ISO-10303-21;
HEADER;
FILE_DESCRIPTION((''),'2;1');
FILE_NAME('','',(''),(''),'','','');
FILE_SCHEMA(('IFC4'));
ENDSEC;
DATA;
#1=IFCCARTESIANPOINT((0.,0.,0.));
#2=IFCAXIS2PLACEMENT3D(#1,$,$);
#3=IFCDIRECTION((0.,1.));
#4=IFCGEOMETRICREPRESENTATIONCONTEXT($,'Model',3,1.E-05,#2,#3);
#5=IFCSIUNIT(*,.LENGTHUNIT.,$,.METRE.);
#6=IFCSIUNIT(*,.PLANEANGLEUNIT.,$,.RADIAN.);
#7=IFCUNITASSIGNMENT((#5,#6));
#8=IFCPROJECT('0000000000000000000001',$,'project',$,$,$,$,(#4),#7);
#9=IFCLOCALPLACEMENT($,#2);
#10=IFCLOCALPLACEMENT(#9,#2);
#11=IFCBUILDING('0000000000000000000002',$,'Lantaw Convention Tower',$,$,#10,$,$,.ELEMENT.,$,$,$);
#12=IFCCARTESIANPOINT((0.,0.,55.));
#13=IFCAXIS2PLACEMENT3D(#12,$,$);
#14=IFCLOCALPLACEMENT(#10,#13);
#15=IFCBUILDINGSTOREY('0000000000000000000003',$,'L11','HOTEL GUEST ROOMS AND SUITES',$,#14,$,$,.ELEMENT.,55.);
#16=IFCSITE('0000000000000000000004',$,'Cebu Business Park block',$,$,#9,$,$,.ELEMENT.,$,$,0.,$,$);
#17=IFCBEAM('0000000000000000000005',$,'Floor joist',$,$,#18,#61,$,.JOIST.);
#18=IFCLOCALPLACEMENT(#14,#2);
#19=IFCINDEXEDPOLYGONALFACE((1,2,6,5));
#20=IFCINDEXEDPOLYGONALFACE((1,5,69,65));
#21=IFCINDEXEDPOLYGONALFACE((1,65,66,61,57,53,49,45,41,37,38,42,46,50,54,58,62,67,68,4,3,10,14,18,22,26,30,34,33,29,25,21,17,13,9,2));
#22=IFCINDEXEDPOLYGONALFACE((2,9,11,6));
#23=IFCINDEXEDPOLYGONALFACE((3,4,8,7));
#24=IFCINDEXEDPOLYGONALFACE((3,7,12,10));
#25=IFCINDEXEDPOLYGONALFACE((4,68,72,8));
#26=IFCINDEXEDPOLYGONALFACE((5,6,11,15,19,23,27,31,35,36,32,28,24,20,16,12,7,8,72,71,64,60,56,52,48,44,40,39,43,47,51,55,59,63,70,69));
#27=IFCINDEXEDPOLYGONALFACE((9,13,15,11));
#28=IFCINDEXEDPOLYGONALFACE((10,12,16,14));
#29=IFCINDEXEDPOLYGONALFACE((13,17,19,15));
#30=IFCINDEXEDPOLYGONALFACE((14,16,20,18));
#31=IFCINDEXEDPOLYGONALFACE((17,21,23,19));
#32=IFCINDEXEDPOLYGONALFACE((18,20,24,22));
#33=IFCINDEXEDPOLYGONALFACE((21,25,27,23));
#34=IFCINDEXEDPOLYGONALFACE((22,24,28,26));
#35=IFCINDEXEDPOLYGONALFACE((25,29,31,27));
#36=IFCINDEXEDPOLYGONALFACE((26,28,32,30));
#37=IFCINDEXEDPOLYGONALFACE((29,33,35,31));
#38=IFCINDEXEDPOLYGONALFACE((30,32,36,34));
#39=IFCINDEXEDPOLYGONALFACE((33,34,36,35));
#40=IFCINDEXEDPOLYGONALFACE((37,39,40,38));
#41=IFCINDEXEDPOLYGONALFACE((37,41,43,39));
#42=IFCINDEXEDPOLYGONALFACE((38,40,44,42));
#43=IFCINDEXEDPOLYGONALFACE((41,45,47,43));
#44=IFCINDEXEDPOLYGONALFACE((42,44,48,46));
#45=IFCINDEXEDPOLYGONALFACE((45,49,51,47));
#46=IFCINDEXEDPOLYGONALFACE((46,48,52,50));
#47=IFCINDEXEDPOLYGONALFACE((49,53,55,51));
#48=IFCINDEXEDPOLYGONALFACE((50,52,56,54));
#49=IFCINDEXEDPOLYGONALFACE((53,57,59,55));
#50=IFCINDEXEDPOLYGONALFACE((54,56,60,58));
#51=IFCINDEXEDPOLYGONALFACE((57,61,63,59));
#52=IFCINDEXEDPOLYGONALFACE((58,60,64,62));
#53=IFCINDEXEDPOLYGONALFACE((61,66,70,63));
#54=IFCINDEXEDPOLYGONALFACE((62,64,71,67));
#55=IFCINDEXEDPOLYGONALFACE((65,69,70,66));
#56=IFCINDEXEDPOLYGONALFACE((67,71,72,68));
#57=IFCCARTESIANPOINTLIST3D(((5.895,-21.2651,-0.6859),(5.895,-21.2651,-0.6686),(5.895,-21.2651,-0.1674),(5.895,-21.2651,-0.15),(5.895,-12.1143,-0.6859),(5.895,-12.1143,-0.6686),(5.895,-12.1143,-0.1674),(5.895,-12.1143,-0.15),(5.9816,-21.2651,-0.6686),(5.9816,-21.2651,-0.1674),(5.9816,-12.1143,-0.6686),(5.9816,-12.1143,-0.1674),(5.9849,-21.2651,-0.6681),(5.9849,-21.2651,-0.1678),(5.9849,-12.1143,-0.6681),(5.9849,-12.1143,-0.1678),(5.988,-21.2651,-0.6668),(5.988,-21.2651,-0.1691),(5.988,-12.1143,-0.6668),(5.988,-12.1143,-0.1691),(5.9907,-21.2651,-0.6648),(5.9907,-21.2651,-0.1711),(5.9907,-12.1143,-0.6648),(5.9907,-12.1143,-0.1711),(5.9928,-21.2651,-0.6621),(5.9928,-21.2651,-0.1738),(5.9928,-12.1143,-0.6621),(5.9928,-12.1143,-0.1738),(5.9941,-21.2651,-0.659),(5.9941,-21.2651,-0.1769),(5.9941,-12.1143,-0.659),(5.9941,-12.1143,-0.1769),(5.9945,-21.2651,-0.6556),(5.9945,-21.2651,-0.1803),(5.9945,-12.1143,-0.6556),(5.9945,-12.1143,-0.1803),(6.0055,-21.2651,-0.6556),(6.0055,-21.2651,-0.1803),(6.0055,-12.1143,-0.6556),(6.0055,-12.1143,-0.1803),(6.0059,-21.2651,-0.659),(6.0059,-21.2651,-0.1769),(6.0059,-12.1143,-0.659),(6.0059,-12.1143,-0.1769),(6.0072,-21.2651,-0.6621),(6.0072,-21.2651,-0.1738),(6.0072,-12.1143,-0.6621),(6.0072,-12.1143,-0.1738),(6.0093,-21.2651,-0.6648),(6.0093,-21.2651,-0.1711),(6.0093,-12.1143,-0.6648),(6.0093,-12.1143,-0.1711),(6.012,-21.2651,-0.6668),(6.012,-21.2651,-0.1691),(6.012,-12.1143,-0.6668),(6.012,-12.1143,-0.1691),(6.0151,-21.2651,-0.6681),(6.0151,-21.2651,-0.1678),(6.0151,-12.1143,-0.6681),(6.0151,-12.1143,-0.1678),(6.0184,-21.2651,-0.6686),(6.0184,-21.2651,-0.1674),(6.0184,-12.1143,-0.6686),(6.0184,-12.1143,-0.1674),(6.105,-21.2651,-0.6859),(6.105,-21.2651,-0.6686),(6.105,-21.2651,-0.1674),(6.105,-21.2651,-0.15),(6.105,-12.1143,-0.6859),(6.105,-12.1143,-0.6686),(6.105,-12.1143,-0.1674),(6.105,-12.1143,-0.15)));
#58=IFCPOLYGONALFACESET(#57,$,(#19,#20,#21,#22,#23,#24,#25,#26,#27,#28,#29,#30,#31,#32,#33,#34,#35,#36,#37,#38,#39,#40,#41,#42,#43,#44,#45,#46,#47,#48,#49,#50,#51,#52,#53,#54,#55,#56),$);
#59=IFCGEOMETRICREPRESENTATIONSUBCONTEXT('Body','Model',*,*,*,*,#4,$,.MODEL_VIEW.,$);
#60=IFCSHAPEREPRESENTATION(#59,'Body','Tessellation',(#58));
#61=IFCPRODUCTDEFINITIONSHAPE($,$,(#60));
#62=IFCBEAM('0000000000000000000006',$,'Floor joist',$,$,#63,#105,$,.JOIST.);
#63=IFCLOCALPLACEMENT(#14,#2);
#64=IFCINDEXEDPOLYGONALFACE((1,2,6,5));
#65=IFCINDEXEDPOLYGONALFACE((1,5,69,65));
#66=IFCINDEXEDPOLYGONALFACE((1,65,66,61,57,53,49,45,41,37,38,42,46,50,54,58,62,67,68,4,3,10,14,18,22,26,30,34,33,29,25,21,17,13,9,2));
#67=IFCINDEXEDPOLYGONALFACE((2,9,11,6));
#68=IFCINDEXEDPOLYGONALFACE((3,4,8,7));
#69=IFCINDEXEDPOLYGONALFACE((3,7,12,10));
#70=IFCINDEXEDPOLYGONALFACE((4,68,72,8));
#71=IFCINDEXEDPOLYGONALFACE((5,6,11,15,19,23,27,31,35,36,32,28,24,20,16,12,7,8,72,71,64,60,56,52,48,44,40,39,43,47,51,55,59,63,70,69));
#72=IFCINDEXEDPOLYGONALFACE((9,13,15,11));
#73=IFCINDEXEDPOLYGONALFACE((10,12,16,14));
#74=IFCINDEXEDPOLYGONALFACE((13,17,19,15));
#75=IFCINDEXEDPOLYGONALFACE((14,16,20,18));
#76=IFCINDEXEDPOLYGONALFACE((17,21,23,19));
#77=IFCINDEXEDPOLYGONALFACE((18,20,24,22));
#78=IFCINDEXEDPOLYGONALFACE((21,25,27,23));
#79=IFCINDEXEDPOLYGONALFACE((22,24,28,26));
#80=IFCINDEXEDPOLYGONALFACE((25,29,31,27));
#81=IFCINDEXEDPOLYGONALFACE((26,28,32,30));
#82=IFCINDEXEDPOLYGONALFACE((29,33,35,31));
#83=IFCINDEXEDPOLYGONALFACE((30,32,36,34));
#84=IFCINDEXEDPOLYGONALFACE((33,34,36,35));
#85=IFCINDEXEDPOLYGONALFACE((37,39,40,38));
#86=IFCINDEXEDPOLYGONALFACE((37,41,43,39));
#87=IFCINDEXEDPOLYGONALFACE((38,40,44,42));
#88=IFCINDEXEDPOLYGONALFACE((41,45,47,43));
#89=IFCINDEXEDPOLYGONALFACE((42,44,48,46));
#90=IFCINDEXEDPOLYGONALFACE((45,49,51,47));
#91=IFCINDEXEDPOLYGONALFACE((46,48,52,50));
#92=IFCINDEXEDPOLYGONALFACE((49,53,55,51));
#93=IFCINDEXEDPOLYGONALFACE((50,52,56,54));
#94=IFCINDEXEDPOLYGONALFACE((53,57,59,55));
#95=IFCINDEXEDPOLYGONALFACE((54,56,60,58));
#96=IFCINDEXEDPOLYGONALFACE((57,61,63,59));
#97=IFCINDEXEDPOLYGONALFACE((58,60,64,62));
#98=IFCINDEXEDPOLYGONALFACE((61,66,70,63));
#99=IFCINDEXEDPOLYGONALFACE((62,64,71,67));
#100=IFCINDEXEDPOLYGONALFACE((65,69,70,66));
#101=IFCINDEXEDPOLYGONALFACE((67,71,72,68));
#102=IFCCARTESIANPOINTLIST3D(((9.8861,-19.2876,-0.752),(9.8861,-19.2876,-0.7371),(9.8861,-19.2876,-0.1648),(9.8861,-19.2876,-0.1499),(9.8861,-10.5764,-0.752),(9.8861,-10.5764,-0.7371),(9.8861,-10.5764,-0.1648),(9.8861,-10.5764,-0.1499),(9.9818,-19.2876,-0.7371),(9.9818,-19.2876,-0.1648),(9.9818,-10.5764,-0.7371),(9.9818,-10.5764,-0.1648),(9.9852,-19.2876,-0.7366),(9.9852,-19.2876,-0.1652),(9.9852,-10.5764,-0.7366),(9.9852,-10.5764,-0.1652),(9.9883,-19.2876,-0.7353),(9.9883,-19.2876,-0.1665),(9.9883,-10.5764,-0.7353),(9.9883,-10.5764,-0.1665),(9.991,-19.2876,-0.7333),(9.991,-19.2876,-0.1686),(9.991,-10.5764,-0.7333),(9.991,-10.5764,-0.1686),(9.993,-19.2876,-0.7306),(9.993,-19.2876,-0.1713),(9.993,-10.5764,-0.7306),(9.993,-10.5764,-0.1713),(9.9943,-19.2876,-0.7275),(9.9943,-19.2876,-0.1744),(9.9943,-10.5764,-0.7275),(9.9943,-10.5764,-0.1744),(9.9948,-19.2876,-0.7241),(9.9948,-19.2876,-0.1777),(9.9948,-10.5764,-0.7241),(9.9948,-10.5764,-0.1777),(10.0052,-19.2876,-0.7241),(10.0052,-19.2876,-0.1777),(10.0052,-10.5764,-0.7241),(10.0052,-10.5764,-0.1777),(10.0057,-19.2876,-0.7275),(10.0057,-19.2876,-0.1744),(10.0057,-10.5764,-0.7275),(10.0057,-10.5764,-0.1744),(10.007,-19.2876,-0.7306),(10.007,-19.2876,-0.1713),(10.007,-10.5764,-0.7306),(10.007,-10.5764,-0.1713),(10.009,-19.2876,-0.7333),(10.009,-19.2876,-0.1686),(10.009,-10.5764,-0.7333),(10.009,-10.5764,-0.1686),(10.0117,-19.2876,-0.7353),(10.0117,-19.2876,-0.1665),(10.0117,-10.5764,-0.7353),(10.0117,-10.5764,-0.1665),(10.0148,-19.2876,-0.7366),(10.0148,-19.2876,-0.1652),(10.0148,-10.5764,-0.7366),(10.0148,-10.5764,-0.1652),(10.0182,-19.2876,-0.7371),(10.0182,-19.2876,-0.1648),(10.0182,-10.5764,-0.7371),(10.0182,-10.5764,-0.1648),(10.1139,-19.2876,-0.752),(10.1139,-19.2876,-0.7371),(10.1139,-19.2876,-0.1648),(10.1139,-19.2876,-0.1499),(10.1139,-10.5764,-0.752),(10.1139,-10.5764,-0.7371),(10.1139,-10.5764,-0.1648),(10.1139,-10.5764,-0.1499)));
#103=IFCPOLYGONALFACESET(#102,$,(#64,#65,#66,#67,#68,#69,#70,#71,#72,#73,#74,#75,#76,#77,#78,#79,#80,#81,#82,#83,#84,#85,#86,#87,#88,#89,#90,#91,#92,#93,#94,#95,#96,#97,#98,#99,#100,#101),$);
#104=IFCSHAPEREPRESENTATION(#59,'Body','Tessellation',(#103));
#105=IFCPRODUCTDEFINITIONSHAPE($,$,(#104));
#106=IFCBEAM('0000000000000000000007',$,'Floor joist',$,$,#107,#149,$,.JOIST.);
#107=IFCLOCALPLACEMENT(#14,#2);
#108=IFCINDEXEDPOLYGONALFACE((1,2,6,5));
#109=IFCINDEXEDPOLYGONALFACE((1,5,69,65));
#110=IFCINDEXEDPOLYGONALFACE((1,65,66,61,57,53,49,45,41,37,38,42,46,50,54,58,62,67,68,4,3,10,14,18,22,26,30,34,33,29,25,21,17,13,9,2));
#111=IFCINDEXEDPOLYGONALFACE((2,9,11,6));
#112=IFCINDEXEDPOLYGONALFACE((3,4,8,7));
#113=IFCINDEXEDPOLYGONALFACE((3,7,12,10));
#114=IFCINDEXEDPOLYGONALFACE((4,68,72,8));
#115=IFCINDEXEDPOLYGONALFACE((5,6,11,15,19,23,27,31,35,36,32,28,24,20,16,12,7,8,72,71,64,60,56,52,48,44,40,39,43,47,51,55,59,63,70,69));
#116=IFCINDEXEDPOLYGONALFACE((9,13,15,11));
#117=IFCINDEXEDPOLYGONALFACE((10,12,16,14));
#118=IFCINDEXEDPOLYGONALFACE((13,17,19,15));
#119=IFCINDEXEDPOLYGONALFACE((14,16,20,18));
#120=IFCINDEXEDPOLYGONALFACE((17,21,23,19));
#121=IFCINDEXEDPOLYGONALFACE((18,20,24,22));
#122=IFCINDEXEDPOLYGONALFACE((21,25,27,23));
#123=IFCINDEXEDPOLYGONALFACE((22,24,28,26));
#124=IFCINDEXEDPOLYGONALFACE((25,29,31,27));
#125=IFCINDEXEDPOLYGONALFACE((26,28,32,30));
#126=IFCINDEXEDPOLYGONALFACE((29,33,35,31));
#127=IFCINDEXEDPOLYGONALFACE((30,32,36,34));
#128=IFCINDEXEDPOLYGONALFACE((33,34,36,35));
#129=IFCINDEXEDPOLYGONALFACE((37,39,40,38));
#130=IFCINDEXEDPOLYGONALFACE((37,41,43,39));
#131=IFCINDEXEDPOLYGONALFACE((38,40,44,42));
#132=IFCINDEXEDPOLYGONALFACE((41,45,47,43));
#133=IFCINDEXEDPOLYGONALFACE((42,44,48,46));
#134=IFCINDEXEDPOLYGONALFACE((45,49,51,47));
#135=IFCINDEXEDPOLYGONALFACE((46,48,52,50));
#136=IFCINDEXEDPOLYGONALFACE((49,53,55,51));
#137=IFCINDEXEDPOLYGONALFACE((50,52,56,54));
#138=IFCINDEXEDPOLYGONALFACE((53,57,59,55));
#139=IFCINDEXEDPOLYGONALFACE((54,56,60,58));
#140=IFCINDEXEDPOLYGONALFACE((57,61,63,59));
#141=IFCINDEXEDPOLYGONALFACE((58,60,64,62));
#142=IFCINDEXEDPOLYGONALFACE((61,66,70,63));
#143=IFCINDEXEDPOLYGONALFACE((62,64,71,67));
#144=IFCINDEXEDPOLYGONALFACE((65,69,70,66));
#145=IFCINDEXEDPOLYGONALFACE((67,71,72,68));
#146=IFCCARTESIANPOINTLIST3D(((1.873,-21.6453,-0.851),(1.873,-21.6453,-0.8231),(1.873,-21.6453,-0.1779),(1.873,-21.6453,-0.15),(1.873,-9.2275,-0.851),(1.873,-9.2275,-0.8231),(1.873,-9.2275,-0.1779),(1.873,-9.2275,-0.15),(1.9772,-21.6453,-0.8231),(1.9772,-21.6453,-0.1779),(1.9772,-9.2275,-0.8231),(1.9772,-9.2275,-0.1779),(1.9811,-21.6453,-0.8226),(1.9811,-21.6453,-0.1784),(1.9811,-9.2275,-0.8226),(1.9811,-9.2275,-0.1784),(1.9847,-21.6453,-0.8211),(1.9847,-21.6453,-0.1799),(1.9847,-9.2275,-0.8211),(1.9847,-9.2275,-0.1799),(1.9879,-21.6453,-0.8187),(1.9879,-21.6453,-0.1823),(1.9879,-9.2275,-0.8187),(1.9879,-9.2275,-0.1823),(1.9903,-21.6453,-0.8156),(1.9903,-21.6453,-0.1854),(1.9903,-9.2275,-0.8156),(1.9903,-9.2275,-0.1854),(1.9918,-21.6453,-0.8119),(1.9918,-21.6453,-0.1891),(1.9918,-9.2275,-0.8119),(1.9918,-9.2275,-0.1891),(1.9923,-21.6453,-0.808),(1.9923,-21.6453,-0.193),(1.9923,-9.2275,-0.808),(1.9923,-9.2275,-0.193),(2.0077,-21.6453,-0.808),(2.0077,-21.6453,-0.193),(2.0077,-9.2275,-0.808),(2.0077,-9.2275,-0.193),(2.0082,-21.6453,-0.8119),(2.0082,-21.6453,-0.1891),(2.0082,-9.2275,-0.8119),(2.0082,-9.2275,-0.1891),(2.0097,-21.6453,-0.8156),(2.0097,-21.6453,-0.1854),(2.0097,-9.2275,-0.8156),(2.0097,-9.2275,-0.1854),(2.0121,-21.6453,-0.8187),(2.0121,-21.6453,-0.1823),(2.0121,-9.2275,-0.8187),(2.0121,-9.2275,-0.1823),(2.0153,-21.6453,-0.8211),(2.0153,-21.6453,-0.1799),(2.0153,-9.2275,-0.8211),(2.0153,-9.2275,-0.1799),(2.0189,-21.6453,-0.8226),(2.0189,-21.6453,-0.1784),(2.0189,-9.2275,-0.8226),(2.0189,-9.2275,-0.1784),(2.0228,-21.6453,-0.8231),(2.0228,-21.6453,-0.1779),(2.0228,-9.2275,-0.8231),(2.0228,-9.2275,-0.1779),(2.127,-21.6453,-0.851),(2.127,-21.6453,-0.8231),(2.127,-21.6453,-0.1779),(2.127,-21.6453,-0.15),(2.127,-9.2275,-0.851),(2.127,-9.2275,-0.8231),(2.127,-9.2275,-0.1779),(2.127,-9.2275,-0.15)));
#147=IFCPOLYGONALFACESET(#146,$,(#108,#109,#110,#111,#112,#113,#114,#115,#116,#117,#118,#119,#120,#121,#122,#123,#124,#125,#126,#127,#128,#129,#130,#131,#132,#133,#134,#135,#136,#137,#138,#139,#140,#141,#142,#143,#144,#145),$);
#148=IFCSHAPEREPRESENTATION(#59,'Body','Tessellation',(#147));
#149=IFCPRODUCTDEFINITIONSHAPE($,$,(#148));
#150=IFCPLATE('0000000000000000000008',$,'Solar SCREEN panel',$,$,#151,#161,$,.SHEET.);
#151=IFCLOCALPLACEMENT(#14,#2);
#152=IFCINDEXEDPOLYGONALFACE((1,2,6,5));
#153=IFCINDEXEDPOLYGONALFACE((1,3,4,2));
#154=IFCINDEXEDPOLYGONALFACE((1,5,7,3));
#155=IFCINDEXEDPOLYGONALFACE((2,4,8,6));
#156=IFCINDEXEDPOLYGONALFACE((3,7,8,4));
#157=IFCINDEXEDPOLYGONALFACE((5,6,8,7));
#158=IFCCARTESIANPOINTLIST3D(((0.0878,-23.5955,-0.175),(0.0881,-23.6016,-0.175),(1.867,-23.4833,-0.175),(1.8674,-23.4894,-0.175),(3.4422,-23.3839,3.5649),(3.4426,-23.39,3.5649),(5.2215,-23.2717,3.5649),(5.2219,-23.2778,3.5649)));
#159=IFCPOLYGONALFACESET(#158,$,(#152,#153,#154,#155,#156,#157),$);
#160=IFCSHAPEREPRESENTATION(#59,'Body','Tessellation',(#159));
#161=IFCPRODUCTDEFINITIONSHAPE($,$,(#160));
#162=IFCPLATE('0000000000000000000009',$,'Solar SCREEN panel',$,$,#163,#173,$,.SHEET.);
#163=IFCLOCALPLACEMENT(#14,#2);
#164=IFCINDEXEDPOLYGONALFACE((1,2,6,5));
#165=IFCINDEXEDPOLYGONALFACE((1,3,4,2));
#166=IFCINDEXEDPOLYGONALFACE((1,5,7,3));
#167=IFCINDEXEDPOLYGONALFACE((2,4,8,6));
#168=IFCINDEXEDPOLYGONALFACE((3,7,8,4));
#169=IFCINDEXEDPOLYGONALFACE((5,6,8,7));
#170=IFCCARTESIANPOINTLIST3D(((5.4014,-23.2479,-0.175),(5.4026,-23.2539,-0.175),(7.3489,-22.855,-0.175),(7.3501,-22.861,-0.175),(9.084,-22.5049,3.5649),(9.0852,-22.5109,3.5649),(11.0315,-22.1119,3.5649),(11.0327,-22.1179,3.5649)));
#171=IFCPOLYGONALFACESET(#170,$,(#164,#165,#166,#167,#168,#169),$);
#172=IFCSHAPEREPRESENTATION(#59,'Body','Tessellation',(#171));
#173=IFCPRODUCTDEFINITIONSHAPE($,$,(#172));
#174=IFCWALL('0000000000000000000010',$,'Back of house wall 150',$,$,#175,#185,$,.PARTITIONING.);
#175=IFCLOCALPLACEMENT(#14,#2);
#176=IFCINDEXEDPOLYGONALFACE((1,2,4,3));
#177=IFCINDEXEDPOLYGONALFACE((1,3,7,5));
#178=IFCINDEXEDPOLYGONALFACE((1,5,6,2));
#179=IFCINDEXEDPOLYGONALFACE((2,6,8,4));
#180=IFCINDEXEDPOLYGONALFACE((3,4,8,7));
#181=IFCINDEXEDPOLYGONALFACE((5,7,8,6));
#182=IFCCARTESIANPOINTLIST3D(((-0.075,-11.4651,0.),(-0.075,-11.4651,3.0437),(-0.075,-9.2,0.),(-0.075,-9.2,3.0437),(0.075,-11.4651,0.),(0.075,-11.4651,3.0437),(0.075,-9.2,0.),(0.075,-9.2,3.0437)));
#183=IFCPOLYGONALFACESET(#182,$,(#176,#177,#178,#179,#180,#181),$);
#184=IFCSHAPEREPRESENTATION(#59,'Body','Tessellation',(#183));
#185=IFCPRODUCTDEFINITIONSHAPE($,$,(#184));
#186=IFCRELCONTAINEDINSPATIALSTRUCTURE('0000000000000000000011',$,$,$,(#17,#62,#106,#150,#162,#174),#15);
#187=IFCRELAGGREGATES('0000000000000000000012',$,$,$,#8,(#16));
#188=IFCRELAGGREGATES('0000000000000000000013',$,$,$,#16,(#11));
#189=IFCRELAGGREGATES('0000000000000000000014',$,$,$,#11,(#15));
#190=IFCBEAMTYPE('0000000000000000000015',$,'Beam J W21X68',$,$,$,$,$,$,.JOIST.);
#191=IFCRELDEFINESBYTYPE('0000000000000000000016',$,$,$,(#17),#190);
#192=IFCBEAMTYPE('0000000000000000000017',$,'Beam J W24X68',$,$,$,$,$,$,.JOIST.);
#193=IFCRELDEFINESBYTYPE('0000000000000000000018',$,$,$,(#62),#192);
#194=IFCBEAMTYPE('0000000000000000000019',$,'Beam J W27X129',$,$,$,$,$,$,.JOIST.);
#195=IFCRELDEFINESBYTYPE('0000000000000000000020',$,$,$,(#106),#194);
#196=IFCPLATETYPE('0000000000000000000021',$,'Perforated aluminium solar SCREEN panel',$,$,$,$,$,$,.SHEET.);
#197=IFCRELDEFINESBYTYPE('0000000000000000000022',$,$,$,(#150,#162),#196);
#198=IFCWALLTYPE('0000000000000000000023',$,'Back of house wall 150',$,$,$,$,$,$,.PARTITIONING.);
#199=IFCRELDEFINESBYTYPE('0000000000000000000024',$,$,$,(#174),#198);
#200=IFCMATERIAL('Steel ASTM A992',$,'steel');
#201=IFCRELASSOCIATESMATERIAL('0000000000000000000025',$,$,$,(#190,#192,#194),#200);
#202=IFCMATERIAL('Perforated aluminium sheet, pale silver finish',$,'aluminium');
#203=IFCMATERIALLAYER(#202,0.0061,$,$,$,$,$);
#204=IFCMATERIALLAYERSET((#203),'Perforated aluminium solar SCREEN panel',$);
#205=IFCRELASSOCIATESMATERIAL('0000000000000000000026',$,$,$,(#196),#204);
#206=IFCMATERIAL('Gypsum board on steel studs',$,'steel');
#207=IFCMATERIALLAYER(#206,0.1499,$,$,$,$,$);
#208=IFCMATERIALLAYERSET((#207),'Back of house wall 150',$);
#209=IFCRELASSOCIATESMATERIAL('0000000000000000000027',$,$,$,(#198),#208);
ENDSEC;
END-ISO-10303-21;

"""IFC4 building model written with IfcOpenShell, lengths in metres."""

from ifc_helpers import new_model, si_unit, direction, frame, frame_2d, origin, origin_2d, place, context, subcontext, project, spatial, polyline, rectangle, i_section, outline, extrude, material, layer, layer_set, material_profile, profile_set, type_object, element, save


model = new_model("IFC4")

# Units and contexts
model_context = context("Model", 3, precision=1e-05, world=origin(), true_north=direction((0.0, 1.0)))
body_context = subcontext(model_context, "Body", "Model", "MODEL_VIEW")
ifc_project = project(units=[si_unit("LENGTHUNIT", "METRE"), si_unit("PLANEANGLEUNIT", "RADIAN")], contexts=[model_context])

# Site, building, storey
site_placement = place(None, origin())
site = spatial("IfcSite", under=ifc_project, at=site_placement, Name="Cebu Business Park block", CompositionType="ELEMENT", RefElevation=0.0)
building_placement = place(site_placement, origin())
building = spatial("IfcBuilding", under=site, at=building_placement, Name="Lantaw Convention Tower", CompositionType="ELEMENT")
storey_placement = place(building_placement, frame((0.0, 0.0, 55.0)))
storey = spatial("IfcBuildingStorey", under=building, at=storey_placement, Name="L11", Description="HOTEL GUEST ROOMS AND SUITES", CompositionType="ELEMENT", Elevation=55.0)

# Beams
ifc_material_1 = material(Name="Steel ASTM A992", Category="steel")
ifc_material_profile_1 = material_profile(ifc_material_1, i_section(OverallWidth=0.21, OverallDepth=0.5359, WebThickness=0.011, FlangeThickness=0.0173, FilletRadius=0.0129, at=origin_2d()), Name="W21X68")
ifc_profile_set_1 = profile_set([ifc_material_profile_1], Name="Steel ASTM A992")
beam_type_1 = type_object("IfcBeamType", Name="Beam J W21X68", PredefinedType="JOIST", material=ifc_profile_set_1)
beam_1_placement = place(storey_placement, frame((6.0, -21.2651, -0.418), z_axis=(0.0, 1.0, 0.0), x_axis=(-1.0, 0.0, 0.0)))
element("IfcBeam", 1, at=beam_1_placement, inside=storey, type_object=beam_type_1, Name="Floor joist", PredefinedType="JOIST", context=body_context, shape_type="SweptSolid", body=[
    extrude(i_section(OverallWidth=0.21, OverallDepth=0.5359, WebThickness=0.011, FlangeThickness=0.0173, FilletRadius=0.0129, at=origin_2d()), origin(), (0.0, 0.0, 1.0), 9.1509),
])
ifc_material_profile_2 = material_profile(ifc_material_1, i_section(OverallWidth=0.2278, OverallDepth=0.6021, WebThickness=0.0105, FlangeThickness=0.0149, FilletRadius=0.0129, at=origin_2d()), Name="W24X68")
ifc_profile_set_2 = profile_set([ifc_material_profile_2], Name="Steel ASTM A992")
beam_type_2 = type_object("IfcBeamType", Name="Beam J W24X68", PredefinedType="JOIST", material=ifc_profile_set_2)
beam_2_placement = place(storey_placement, frame((10.0, -19.2876, -0.4509), z_axis=(0.0, 1.0, 0.0), x_axis=(-1.0, 0.0, 0.0)))
element("IfcBeam", 2, at=beam_2_placement, inside=storey, type_object=beam_type_2, Name="Floor joist", PredefinedType="JOIST", context=body_context, shape_type="SweptSolid", body=[
    extrude(i_section(OverallWidth=0.2278, OverallDepth=0.6021, WebThickness=0.0105, FlangeThickness=0.0149, FilletRadius=0.0129, at=origin_2d()), origin(), (0.0, 0.0, 1.0), 8.7112),
])
ifc_material_profile_3 = material_profile(ifc_material_1, i_section(OverallWidth=0.2539, OverallDepth=0.7009, WebThickness=0.0154, FlangeThickness=0.0278, FilletRadius=0.0151, at=origin_2d()), Name="W27X129")
ifc_profile_set_3 = profile_set([ifc_material_profile_3], Name="Steel ASTM A992")
beam_type_3 = type_object("IfcBeamType", Name="Beam J W27X129", PredefinedType="JOIST", material=ifc_profile_set_3)
beam_3_placement = place(storey_placement, frame((2.0, -21.6453, -0.5005), z_axis=(0.0, 1.0, 0.0), x_axis=(-1.0, 0.0, 0.0)))
element("IfcBeam", 3, at=beam_3_placement, inside=storey, type_object=beam_type_3, Name="Floor joist", PredefinedType="JOIST", context=body_context, shape_type="SweptSolid", body=[
    extrude(i_section(OverallWidth=0.2539, OverallDepth=0.7009, WebThickness=0.0154, FlangeThickness=0.0278, FilletRadius=0.0151, at=origin_2d()), origin(), (0.0, 0.0, 1.0), 12.4177),
])

# Plates
ifc_material_2 = material(Name="Perforated aluminium sheet, pale silver finish", Category="aluminium")
ifc_layer_1 = layer(ifc_material_2, 0.0061)
ifc_layer_set_1 = layer_set([ifc_layer_1], Name="Perforated aluminium solar SCREEN panel")
plate_type = type_object("IfcPlateType", Name="Perforated aluminium solar SCREEN panel", PredefinedType="SHEET", material=ifc_layer_set_1)
plate_1_placement = place(storey_placement, frame((0.0881, -23.6016, -0.175), z_axis=(0.062924, -0.998018, 0.000014), x_axis=(0.998018, 0.062924, 0.0)))
element("IfcPlate", 4, at=plate_1_placement, inside=storey, type_object=plate_type, Name="Solar SCREEN panel", PredefinedType="SHEET", context=body_context, shape_type="SweptSolid", body=[
    extrude(outline(polyline([(0.0, 0.0), (1.7828, 0.0), (5.144, 3.74), (3.3611, 3.74), (0.0, 0.0)])), origin(), (0.0, 0.0, -1.0), 0.0061),
])
plate_2_placement = place(storey_placement, frame((5.4026, -23.2539, -0.175), z_axis=(0.197782, -0.980246, 0.000002), x_axis=(0.980246, 0.197782, 0.0)))
element("IfcPlate", 5, at=plate_2_placement, inside=storey, type_object=plate_type, Name="Solar SCREEN panel", PredefinedType="SHEET", context=body_context, shape_type="SweptSolid", body=[
    extrude(outline(polyline([(0.0, 0.0), (1.9867, 0.0), (5.7436, 3.74), (3.7568, 3.74), (0.0, 0.0)])), origin(), (0.0, 0.0, -1.0), 0.0061),
])

# Wall
ifc_material_3 = material(Name="Gypsum board on steel studs", Category="steel")
ifc_layer_2 = layer(ifc_material_3, 0.1499)
ifc_layer_set_2 = layer_set([ifc_layer_2], Name="Back of house wall 150")
wall_type_1 = type_object("IfcWallType", Name="Back of house wall 150", PredefinedType="PARTITIONING", material=ifc_layer_set_2)
wall_1_placement = place(storey_placement, frame((0.0, -9.2, 0.0), z_axis=(0.0, 0.0, 1.0), x_axis=(0.0, -1.0, 0.0)))
element("IfcWall", 6, at=wall_1_placement, inside=storey, type_object=wall_type_1, Name="Back of house wall 150", PredefinedType="PARTITIONING", context=body_context, shape_type="SweptSolid", body=[
    extrude(rectangle(XDim=2.2651, YDim=0.1499, at=frame_2d((1.1326, 0.0))), origin(), (0.0, 0.0, 1.0), 3.0437),
])

save(model, "model.ifc")
